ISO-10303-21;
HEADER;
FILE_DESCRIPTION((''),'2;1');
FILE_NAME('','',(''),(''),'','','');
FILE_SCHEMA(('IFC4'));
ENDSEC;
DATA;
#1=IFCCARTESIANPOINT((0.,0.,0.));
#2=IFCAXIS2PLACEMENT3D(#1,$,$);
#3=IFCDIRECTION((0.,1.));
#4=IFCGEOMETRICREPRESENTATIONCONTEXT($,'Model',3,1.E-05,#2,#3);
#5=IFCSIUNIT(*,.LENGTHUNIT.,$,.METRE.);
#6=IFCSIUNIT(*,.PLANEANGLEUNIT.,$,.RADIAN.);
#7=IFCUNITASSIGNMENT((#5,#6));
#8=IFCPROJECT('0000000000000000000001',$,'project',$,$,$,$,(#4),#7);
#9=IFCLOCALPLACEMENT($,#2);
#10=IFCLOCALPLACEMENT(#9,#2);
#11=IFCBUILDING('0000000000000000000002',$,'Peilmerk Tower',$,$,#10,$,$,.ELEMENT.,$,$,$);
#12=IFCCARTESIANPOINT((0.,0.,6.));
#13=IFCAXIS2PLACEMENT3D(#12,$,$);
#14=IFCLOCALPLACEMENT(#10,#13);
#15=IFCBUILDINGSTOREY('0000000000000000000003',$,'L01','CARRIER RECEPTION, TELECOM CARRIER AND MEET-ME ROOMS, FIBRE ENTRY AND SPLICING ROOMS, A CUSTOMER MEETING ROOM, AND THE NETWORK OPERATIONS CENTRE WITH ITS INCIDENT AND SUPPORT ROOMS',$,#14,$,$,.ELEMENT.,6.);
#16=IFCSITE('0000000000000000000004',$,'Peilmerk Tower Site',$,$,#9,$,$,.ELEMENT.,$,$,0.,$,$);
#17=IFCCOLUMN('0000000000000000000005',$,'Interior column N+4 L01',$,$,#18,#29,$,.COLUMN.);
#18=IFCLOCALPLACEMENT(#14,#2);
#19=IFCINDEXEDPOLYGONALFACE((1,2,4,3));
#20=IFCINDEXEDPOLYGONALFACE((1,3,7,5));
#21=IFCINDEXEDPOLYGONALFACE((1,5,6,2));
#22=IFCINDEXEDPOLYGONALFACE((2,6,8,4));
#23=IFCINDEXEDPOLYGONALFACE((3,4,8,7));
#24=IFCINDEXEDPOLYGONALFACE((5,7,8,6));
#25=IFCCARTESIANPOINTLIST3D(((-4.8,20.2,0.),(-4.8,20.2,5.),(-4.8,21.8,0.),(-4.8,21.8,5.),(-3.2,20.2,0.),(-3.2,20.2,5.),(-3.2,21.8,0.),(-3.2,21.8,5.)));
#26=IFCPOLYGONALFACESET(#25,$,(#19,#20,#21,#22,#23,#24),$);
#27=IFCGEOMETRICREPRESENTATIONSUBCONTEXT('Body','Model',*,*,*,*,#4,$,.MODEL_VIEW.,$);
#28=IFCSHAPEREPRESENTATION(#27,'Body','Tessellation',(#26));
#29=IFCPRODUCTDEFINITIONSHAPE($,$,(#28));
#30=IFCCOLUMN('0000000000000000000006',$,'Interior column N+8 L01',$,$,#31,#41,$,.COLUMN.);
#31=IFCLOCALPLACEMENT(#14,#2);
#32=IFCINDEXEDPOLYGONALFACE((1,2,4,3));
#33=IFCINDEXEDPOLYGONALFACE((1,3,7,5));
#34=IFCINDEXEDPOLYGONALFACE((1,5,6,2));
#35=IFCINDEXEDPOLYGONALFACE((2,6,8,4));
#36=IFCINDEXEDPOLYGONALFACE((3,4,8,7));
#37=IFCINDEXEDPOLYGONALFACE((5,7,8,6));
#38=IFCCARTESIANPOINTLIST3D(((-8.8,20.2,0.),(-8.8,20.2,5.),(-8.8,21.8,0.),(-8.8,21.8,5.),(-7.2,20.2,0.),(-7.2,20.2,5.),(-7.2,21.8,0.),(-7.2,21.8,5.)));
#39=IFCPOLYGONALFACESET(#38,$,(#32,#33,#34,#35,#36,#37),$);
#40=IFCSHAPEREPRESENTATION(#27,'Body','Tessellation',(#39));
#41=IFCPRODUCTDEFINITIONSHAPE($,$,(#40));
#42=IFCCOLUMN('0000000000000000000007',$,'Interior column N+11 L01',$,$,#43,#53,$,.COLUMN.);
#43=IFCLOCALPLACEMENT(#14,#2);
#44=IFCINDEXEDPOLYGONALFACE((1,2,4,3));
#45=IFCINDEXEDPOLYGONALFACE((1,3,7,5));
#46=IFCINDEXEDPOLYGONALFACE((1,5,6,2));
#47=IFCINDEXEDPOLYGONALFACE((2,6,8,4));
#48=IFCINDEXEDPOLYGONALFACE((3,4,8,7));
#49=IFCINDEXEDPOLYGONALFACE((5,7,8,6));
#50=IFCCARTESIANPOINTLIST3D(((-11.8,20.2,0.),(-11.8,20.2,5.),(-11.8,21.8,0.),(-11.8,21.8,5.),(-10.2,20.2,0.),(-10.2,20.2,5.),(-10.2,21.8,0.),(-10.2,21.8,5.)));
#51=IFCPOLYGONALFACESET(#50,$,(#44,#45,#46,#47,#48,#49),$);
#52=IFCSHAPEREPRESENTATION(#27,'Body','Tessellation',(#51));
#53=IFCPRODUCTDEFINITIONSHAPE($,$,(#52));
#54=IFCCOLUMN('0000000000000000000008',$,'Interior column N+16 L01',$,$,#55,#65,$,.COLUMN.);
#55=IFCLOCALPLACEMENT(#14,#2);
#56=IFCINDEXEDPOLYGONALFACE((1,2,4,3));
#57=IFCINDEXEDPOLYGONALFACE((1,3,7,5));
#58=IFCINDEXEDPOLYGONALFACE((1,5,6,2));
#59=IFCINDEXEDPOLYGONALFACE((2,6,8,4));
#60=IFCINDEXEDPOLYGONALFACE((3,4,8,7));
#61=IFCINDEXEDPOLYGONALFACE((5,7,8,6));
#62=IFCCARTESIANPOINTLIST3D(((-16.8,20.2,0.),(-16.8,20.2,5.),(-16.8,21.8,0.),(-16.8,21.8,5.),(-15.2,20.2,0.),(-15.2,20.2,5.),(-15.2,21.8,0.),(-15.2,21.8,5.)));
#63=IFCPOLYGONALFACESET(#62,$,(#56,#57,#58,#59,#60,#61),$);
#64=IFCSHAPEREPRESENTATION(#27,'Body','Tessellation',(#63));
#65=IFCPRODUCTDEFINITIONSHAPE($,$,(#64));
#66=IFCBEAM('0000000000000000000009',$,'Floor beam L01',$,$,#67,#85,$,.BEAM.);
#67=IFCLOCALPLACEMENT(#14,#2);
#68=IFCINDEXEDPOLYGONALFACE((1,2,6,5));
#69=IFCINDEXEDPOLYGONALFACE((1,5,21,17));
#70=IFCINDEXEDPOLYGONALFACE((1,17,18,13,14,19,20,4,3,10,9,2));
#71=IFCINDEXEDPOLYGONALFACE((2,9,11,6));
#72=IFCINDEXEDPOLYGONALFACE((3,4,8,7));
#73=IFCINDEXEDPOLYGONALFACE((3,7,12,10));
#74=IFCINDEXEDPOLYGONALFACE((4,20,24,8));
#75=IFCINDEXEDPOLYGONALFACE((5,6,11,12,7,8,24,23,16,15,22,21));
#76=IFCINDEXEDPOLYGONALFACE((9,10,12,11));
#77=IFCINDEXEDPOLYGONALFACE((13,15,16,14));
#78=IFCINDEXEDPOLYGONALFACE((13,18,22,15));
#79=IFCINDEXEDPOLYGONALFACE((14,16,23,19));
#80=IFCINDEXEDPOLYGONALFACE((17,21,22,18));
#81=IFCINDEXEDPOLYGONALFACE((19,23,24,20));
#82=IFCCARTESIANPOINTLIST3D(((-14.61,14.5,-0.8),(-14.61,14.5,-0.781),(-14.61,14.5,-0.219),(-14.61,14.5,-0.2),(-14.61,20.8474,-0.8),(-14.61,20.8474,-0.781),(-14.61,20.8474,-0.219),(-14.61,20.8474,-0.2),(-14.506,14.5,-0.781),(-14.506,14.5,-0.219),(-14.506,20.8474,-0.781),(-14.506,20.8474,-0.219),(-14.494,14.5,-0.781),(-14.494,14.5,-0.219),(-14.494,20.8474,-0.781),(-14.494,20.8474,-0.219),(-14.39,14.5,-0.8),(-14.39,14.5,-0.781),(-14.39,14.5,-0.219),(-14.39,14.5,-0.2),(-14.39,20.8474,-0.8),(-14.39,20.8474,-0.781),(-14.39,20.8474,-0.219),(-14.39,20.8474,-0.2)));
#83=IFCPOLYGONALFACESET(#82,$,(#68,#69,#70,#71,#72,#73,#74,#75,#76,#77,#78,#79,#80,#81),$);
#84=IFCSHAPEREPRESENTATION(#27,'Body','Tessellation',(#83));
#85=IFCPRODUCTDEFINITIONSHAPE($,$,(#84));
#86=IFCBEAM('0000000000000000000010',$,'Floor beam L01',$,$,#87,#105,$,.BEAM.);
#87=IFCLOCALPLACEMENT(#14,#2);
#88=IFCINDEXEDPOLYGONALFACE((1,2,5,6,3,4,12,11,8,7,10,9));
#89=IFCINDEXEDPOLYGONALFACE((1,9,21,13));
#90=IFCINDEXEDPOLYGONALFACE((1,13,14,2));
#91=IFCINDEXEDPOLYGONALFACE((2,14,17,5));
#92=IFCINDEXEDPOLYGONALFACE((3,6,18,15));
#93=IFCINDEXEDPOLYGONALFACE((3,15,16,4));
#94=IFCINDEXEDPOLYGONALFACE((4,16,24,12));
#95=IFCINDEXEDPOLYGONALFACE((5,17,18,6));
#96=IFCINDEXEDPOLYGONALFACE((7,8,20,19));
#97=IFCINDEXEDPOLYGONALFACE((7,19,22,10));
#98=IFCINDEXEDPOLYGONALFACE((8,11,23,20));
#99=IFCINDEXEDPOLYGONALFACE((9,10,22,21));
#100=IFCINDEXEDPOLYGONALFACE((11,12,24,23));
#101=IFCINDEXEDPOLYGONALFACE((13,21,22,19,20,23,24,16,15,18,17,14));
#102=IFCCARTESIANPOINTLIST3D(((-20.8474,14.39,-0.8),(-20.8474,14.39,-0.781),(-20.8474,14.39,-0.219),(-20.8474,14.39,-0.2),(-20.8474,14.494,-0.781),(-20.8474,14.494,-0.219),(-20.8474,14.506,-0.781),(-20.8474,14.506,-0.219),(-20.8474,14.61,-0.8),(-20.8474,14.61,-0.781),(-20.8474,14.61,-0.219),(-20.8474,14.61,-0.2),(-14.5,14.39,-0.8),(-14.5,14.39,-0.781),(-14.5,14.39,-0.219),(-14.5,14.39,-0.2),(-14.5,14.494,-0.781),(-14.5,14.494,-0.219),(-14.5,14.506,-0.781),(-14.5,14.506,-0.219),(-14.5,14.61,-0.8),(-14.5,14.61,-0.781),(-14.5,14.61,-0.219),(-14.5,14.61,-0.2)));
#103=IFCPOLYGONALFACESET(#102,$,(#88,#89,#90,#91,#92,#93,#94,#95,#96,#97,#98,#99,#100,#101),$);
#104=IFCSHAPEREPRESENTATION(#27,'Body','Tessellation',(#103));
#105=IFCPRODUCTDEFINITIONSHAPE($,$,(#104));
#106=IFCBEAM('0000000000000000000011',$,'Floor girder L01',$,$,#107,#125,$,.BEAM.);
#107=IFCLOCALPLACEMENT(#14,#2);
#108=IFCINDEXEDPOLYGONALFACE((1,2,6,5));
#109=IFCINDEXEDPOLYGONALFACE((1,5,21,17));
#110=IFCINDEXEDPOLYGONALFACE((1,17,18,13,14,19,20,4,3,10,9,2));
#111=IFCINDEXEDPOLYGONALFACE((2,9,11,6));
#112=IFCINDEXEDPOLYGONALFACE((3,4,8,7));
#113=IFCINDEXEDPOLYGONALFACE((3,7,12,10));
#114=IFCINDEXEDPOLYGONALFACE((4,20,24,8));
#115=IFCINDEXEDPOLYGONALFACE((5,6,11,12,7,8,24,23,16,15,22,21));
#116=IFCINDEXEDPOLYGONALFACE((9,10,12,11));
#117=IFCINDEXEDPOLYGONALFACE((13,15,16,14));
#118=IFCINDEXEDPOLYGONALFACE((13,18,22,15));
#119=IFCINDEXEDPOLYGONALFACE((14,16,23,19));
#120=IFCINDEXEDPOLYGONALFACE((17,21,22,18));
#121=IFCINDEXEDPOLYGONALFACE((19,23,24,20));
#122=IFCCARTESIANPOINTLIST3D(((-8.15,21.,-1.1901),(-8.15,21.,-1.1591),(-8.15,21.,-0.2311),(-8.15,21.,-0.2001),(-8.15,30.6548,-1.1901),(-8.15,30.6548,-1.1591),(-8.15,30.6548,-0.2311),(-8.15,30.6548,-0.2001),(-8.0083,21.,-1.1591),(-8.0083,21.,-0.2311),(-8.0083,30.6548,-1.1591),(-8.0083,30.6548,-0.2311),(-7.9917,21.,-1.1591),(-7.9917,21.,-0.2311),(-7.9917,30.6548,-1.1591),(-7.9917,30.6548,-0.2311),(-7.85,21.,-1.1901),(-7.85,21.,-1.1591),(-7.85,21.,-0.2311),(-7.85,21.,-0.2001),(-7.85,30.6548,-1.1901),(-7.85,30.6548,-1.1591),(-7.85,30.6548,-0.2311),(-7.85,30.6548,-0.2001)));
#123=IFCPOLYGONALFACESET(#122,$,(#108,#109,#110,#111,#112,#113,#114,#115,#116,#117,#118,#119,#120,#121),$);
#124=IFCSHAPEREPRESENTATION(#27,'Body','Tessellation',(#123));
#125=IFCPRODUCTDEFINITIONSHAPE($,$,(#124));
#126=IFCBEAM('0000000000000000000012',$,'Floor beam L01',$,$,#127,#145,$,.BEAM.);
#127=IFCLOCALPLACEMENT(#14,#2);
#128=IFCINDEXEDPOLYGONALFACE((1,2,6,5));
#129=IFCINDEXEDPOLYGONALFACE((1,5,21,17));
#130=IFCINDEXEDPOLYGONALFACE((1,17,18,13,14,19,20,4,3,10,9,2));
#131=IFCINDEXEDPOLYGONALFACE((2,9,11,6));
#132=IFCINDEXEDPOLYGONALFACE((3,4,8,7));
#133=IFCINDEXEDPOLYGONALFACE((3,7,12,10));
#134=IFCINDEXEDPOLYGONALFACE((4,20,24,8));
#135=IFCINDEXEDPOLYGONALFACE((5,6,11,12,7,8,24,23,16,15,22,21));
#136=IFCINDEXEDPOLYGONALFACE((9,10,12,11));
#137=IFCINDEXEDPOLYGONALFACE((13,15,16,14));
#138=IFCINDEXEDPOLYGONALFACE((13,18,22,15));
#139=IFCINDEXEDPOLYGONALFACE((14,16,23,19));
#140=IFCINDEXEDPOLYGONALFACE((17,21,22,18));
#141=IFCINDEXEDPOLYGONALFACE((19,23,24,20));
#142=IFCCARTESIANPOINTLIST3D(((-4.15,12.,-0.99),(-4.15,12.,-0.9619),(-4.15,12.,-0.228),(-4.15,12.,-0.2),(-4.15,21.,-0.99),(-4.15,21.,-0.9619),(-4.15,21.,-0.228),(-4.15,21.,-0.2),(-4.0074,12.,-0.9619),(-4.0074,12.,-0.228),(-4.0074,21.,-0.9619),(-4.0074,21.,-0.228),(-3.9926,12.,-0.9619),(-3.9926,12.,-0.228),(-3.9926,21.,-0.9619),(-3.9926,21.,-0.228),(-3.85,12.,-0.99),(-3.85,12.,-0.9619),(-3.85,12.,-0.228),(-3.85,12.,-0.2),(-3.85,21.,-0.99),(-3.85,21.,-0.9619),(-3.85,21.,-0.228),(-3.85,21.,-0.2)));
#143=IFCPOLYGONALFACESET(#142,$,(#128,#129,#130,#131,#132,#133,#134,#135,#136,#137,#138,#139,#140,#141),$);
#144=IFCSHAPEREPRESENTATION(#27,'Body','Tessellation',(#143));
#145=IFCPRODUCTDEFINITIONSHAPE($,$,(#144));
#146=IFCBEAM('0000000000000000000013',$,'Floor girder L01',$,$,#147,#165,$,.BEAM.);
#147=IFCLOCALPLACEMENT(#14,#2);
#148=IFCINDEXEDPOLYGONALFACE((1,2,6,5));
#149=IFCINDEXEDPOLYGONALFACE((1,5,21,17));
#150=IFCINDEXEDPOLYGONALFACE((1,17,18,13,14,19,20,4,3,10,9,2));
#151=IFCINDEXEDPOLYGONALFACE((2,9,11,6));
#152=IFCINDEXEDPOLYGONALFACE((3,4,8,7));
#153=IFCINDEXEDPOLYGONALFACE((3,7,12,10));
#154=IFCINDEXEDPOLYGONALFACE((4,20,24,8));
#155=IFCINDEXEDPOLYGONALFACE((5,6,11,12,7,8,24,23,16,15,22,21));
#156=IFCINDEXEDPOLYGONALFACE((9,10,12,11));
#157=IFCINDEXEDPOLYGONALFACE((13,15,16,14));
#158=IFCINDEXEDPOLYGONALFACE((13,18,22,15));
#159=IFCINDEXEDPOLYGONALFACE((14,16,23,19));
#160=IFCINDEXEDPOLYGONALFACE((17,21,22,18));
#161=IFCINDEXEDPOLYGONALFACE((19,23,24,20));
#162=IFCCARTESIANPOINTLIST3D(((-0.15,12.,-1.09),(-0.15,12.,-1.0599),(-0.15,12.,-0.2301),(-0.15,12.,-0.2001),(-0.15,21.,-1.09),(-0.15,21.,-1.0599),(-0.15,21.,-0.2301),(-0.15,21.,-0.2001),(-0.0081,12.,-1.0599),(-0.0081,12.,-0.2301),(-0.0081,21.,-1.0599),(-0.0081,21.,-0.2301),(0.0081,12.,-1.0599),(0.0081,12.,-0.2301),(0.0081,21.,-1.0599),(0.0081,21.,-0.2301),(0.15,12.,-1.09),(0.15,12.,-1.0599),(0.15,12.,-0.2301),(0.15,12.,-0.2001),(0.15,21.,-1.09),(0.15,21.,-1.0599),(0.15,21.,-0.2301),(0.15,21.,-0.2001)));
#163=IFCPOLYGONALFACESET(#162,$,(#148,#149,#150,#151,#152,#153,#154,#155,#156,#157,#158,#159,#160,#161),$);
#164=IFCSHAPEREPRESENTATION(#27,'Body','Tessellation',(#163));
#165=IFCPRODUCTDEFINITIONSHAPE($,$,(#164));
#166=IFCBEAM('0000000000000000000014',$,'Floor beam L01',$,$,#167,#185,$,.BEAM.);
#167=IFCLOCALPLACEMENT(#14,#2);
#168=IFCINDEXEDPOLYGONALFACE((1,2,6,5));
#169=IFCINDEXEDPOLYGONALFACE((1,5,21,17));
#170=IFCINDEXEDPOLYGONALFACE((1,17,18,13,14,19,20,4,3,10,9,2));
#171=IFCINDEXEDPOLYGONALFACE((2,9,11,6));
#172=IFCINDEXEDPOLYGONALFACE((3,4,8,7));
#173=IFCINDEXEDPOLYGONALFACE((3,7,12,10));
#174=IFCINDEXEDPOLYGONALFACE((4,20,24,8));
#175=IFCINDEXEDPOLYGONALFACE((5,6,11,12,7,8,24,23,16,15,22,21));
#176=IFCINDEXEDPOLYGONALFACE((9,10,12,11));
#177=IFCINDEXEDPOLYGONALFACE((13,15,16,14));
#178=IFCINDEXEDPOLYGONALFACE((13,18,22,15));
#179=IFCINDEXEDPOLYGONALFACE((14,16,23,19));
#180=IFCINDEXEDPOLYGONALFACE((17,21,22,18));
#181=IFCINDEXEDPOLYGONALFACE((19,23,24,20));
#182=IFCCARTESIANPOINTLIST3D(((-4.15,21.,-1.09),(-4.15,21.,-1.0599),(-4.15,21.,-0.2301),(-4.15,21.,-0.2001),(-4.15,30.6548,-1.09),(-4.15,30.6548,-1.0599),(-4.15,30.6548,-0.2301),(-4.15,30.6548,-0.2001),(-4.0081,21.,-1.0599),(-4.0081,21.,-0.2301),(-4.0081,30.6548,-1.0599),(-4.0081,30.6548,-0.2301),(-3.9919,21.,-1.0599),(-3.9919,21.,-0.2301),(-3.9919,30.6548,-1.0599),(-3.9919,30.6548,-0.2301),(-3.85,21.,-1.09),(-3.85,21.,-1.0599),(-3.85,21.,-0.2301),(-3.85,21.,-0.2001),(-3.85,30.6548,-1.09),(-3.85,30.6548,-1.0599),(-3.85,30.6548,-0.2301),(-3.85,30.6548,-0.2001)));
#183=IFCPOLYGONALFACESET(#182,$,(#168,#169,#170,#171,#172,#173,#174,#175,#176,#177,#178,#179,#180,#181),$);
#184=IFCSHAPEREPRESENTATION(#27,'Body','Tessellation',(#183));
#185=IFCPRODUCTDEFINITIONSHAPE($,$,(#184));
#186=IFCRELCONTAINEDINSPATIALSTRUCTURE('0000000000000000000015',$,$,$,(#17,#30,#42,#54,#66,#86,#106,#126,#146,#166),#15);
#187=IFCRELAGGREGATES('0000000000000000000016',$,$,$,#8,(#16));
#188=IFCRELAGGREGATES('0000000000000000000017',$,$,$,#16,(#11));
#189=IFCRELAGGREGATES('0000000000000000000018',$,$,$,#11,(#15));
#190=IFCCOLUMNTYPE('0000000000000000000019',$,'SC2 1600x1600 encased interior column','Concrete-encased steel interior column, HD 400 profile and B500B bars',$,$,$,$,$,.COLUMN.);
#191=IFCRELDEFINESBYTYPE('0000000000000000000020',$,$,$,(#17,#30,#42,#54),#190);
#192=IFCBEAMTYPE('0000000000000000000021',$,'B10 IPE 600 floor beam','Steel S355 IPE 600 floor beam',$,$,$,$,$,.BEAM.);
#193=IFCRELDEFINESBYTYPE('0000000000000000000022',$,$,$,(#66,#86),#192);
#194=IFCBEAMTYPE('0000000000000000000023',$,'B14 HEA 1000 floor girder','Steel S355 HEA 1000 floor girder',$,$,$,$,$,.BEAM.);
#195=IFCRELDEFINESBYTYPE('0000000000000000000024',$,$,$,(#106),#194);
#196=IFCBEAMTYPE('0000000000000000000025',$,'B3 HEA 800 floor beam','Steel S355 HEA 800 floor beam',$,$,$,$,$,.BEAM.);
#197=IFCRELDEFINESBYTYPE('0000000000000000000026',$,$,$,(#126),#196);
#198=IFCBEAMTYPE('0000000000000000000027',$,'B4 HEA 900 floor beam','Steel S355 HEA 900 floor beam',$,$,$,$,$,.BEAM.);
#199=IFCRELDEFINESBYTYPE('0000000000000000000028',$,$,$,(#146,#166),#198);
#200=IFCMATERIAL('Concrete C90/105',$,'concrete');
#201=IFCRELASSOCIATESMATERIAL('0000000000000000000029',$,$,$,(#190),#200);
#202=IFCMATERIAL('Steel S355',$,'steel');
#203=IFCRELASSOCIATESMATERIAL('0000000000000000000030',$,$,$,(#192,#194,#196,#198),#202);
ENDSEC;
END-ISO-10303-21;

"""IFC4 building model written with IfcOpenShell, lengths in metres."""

from ifc_helpers import new_model, si_unit, direction, frame, origin, origin_2d, place, context, subcontext, project, spatial, rectangle, i_section, extrude, material, material_profile, profile_set, type_object, element, save


model = new_model("IFC4")

# Units and contexts
model_context = context("Model", 3, precision=1e-05, world=origin(), true_north=direction((0.0, 1.0)))
body_context = subcontext(model_context, "Body", "Model", "MODEL_VIEW")
ifc_project = project(units=[si_unit("LENGTHUNIT", "METRE"), si_unit("PLANEANGLEUNIT", "RADIAN")], contexts=[model_context])

# Site, building, storey
site_placement = place(None, origin())
site = spatial("IfcSite", under=ifc_project, at=site_placement, Name="Peilmerk Tower Site", CompositionType="ELEMENT", RefElevation=0.0)
building_placement = place(site_placement, origin())
building = spatial("IfcBuilding", under=site, at=building_placement, Name="Peilmerk Tower", CompositionType="ELEMENT")
storey_placement = place(building_placement, frame((0.0, 0.0, 6.0)))
storey = spatial("IfcBuildingStorey", under=building, at=storey_placement, Name="L01", Description="CARRIER RECEPTION, TELECOM CARRIER AND MEET-ME ROOMS, FIBRE ENTRY AND SPLICING ROOMS, A CUSTOMER MEETING ROOM, AND THE NETWORK OPERATIONS CENTRE WITH ITS INCIDENT AND SUPPORT ROOMS", CompositionType="ELEMENT", Elevation=6.0)

# Columns
ifc_material_1 = material(Name="Concrete C90/105", Category="concrete")
ifc_material_profile_1 = material_profile(ifc_material_1, rectangle(XDim=1.6001, YDim=1.6001, at=origin_2d()), Name="RC 1600x1600")
ifc_profile_set_1 = profile_set([ifc_material_profile_1], Name="Concrete C90/105")
column_type = type_object("IfcColumnType", Name="SC2 1600x1600 encased interior column", Description="Concrete-encased steel interior column, HD 400 profile and B500B bars", PredefinedType="COLUMN", material=ifc_profile_set_1)
for number, where, z_axis, x_axis, name in (
    (1, (-4.0, 21.0, 0.0), (0.0, 0.0, 1.0), (1.0, 0.0, 0.0), "Interior column N+4 L01"),
    (2, (-8.0, 21.0, 0.0), (0.0, 0.0, 1.0), (1.0, 0.0, 0.0), "Interior column N+8 L01"),
    (3, (-11.0, 21.0, 0.0), (0.0, 0.0, 1.0), (1.0, 0.0, 0.0), "Interior column N+11 L01"),
    (4, (-16.0, 21.0, 0.0), (0.0, 0.0, 1.0), (1.0, 0.0, 0.0), "Interior column N+16 L01"),
):
    element("IfcColumn", number, at=place(storey_placement, frame(where, z_axis=z_axis, x_axis=x_axis)), inside=storey, type_object=column_type, Name=name, PredefinedType="COLUMN", context=body_context, shape_type="SweptSolid", body=[
        extrude(rectangle(XDim=1.6001, YDim=1.6001, at=origin_2d()), origin(), (0.0, 0.0, 1.0), 5.0),
    ])

# Beams
ifc_material_2 = material(Name="Steel S355", Category="steel")
ifc_material_profile_2 = material_profile(ifc_material_2, i_section(OverallWidth=0.22, OverallDepth=0.6001, WebThickness=0.012, FlangeThickness=0.019, at=origin_2d()), Name="IPE 600")
ifc_profile_set_2 = profile_set([ifc_material_profile_2], Name="Steel S355")
beam_type_1 = type_object("IfcBeamType", Name="B10 IPE 600 floor beam", Description="Steel S355 IPE 600 floor beam", PredefinedType="BEAM", material=ifc_profile_set_2)
for number, where, z_axis, x_axis, name in (
    (5, (-14.5, 14.5, -0.5), (0.0, 1.0, 0.0), (-1.0, 0.0, 0.0), "Floor beam L01"),
    (6, (-14.5, 14.5, -0.5), (-1.0, 0.0, 0.0), (0.0, -1.0, 0.0), "Floor beam L01"),
):
    element("IfcBeam", number, at=place(storey_placement, frame(where, z_axis=z_axis, x_axis=x_axis)), inside=storey, type_object=beam_type_1, Name=name, PredefinedType="BEAM", context=body_context, shape_type="SweptSolid", body=[
        extrude(i_section(OverallWidth=0.22, OverallDepth=0.6001, WebThickness=0.012, FlangeThickness=0.019, at=origin_2d()), origin(), (0.0, 0.0, 1.0), 6.3474),
    ])
ifc_material_profile_3 = material_profile(ifc_material_2, i_section(OverallWidth=0.3, OverallDepth=0.99, WebThickness=0.0166, FlangeThickness=0.031, at=origin_2d()), Name="HEA 1000")
ifc_profile_set_3 = profile_set([ifc_material_profile_3], Name="Steel S355")
beam_type_2 = type_object("IfcBeamType", Name="B14 HEA 1000 floor girder", Description="Steel S355 HEA 1000 floor girder", PredefinedType="BEAM", material=ifc_profile_set_3)
beam_1_placement = place(storey_placement, frame((-8.0, 21.0, -0.6951), z_axis=(0.0, 1.0, 0.0), x_axis=(-1.0, 0.0, 0.0)))
element("IfcBeam", 7, at=beam_1_placement, inside=storey, type_object=beam_type_2, Name="Floor girder L01", PredefinedType="BEAM", context=body_context, shape_type="SweptSolid", body=[
    extrude(i_section(OverallWidth=0.3, OverallDepth=0.99, WebThickness=0.0166, FlangeThickness=0.031, at=origin_2d()), origin(), (0.0, 0.0, 1.0), 9.6548),
])
ifc_material_profile_4 = material_profile(ifc_material_2, i_section(OverallWidth=0.3, OverallDepth=0.79, WebThickness=0.0149, FlangeThickness=0.0281, at=origin_2d()), Name="HEA 800")
ifc_profile_set_4 = profile_set([ifc_material_profile_4], Name="Steel S355")
beam_type_3 = type_object("IfcBeamType", Name="B3 HEA 800 floor beam", Description="Steel S355 HEA 800 floor beam", PredefinedType="BEAM", material=ifc_profile_set_4)
beam_2_placement = place(storey_placement, frame((-4.0, 12.0, -0.595), z_axis=(0.0, 1.0, 0.0), x_axis=(-1.0, 0.0, 0.0)))
element("IfcBeam", 8, at=beam_2_placement, inside=storey, type_object=beam_type_3, Name="Floor beam L01", PredefinedType="BEAM", context=body_context, shape_type="SweptSolid", body=[
    extrude(i_section(OverallWidth=0.3, OverallDepth=0.79, WebThickness=0.0149, FlangeThickness=0.0281, at=origin_2d()), origin(), (0.0, 0.0, 1.0), 9.0),
])
ifc_material_profile_5 = material_profile(ifc_material_2, i_section(OverallWidth=0.3, OverallDepth=0.8899, WebThickness=0.0161, FlangeThickness=0.03, at=origin_2d()), Name="HEA 900")
ifc_profile_set_5 = profile_set([ifc_material_profile_5], Name="Steel S355")
beam_type_4 = type_object("IfcBeamType", Name="B4 HEA 900 floor beam", Description="Steel S355 HEA 900 floor beam", PredefinedType="BEAM", material=ifc_profile_set_5)
beam_3_placement = place(storey_placement, frame((0.0, 12.0, -0.645), z_axis=(0.0, 1.0, 0.0), x_axis=(-1.0, 0.0, 0.0)))
element("IfcBeam", 9, at=beam_3_placement, inside=storey, type_object=beam_type_4, Name="Floor girder L01", PredefinedType="BEAM", context=body_context, shape_type="SweptSolid", body=[
    extrude(i_section(OverallWidth=0.3, OverallDepth=0.8899, WebThickness=0.0161, FlangeThickness=0.03, at=origin_2d()), origin(), (0.0, 0.0, 1.0), 9.0),
])
for number, where, z_axis, x_axis, name in (
    (10, (-4.0, 21.0, -0.645), (0.0, 1.0, 0.0), (-1.0, 0.0, 0.0), "Floor beam L01"),
):
    element("IfcBeam", number, at=place(storey_placement, frame(where, z_axis=z_axis, x_axis=x_axis)), inside=storey, type_object=beam_type_4, Name=name, PredefinedType="BEAM", context=body_context, shape_type="SweptSolid", body=[
        extrude(i_section(OverallWidth=0.3, OverallDepth=0.8899, WebThickness=0.0161, FlangeThickness=0.03, at=origin_2d()), origin(), (0.0, 0.0, 1.0), 9.6548),
    ])

save(model, "model.ifc")
